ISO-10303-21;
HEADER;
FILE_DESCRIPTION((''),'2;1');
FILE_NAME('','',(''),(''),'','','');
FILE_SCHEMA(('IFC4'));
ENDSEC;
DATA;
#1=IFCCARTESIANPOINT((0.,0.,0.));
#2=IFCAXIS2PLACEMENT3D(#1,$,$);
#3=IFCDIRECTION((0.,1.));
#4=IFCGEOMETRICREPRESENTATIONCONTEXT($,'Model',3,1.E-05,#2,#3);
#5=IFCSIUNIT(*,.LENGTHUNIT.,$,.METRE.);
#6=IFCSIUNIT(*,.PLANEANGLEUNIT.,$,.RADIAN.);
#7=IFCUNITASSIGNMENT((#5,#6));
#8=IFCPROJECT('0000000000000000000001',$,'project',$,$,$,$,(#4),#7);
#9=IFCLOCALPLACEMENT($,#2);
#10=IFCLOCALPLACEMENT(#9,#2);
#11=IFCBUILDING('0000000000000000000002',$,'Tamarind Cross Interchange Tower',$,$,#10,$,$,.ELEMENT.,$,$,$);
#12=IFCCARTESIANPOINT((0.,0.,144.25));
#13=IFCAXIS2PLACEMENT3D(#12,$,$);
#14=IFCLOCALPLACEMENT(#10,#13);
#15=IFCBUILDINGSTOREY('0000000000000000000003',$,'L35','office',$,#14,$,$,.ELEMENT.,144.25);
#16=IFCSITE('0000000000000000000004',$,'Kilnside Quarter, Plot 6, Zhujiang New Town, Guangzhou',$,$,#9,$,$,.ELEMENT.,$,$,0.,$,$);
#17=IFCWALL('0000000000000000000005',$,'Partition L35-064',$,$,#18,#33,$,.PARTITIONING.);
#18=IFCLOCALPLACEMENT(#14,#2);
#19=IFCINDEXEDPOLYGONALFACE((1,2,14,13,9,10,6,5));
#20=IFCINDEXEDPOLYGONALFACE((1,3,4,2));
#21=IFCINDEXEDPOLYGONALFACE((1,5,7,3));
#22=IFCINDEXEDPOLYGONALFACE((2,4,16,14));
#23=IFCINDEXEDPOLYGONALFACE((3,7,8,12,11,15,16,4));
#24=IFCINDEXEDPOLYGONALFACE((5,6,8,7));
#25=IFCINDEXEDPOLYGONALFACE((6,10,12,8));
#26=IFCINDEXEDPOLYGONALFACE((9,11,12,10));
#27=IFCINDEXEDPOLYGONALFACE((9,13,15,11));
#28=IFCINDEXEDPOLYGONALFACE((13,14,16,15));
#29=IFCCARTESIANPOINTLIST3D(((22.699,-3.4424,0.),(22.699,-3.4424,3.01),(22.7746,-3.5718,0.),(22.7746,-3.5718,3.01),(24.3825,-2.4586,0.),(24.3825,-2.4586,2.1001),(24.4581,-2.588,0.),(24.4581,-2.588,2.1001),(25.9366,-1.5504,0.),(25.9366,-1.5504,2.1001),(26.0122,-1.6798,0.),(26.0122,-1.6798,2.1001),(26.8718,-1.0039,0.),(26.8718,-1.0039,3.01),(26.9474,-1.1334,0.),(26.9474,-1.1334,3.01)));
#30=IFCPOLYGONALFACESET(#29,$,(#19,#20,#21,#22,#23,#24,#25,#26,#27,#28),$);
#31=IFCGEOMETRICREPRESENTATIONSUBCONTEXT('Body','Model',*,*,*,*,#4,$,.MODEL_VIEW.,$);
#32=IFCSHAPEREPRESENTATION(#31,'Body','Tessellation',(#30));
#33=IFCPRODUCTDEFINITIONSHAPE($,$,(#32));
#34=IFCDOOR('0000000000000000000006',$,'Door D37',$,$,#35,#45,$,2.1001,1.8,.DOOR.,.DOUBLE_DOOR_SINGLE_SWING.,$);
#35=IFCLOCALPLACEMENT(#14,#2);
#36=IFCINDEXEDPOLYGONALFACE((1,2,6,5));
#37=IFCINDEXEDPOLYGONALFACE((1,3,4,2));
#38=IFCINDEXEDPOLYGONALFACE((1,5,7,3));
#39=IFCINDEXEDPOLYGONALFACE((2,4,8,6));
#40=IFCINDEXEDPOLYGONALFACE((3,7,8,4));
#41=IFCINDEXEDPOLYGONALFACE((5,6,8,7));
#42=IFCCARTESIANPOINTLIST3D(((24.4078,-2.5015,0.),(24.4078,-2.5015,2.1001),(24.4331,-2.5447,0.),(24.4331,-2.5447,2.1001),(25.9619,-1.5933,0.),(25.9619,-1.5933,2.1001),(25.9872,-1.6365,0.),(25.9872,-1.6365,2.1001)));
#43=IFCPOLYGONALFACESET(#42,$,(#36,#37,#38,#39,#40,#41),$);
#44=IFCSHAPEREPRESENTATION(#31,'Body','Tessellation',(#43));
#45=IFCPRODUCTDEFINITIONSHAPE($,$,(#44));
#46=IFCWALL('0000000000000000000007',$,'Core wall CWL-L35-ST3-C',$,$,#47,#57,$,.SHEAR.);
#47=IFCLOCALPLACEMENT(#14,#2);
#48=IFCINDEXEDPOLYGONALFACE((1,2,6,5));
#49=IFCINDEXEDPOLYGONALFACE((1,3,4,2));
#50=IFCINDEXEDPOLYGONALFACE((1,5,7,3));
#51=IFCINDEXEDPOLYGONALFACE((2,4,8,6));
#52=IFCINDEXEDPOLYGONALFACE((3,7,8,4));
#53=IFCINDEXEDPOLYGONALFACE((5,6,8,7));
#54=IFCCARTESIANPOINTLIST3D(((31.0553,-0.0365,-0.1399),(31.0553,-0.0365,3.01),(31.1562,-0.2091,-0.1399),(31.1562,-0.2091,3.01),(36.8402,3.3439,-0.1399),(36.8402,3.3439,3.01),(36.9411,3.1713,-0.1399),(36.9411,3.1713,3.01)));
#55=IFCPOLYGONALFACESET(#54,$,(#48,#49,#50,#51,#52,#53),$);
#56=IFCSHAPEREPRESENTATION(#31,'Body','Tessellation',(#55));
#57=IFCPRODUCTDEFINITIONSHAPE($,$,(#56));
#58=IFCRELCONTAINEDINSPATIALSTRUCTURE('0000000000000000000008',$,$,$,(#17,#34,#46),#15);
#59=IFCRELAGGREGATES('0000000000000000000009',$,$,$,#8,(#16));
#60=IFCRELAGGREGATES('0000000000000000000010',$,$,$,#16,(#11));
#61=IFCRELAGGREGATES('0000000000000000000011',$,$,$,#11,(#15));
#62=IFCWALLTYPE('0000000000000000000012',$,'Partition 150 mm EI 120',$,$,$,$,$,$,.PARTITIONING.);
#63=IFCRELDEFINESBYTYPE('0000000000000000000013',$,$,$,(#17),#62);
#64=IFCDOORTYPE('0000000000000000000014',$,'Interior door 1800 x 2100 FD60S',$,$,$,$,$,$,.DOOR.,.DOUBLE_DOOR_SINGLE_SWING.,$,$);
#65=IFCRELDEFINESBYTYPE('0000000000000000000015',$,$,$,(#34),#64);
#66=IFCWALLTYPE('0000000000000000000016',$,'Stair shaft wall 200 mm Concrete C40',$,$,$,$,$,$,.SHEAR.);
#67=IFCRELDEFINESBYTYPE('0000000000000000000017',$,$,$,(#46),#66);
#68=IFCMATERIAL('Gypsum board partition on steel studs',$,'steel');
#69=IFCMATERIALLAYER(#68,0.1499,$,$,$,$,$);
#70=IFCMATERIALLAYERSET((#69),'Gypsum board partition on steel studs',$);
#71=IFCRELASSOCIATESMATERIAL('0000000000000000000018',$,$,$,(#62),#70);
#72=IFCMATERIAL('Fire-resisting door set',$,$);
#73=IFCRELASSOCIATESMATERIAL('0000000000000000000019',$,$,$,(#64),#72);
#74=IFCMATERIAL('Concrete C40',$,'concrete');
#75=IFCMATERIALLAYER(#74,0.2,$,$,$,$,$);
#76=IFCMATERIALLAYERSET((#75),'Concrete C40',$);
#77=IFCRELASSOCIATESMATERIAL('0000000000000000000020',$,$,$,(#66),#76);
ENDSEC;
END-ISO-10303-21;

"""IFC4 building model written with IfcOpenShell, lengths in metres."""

from ifc_helpers import new_model, si_unit, direction, frame, frame_2d, origin, place, context, subcontext, project, spatial, rectangle, extrude, material, layer, layer_set, type_object, element, fill, save


model = new_model("IFC4")

# Units and contexts
model_context = context("Model", 3, precision=1e-05, world=origin(), true_north=direction((0.0, 1.0)))
body_context = subcontext(model_context, "Body", "Model", "MODEL_VIEW")
ifc_project = project(units=[si_unit("LENGTHUNIT", "METRE"), si_unit("PLANEANGLEUNIT", "RADIAN")], contexts=[model_context])

# Site, building, storey
site_placement = place(None, origin())
site = spatial("IfcSite", under=ifc_project, at=site_placement, Name="Kilnside Quarter, Plot 6, Zhujiang New Town, Guangzhou", CompositionType="ELEMENT", RefElevation=0.0)
building_placement = place(site_placement, origin())
building = spatial("IfcBuilding", under=site, at=building_placement, Name="Tamarind Cross Interchange Tower", CompositionType="ELEMENT")
storey_placement = place(building_placement, frame((0.0, 0.0, 144.25)))
storey = spatial("IfcBuildingStorey", under=building, at=storey_placement, Name="L35", Description="office", CompositionType="ELEMENT", Elevation=144.25)

# Shared definitions
ifc_material_1 = material(Name="Gypsum board partition on steel studs", Category="steel")
ifc_layer_1 = layer(ifc_material_1, 0.1499)
ifc_layer_set_1 = layer_set([ifc_layer_1], Name="Gypsum board partition on steel studs")
wall_type_1 = type_object("IfcWallType", Name="Partition 150 mm EI 120", PredefinedType="PARTITIONING", material=ifc_layer_set_1)

# Wall, opening, door
wall_1_placement = place(storey_placement, frame((22.7368, -3.5071, 0.0), z_axis=(0.0, 0.0, 1.0), x_axis=(0.86339, 0.504537, 0.0)))
wall_1 = element("IfcWall", 1, at=wall_1_placement, inside=storey, type_object=wall_type_1, Name="Partition L35-064", PredefinedType="PARTITIONING", context=body_context, shape_type="SweptSolid", body=[
    extrude(rectangle(XDim=4.833, YDim=0.1499, at=frame_2d((2.4165, 0.0))), origin(), (0.0, 0.0, 1.0), 3.01),
])
opening_1_placement = place(wall_1_placement, frame((1.95, 0.0, 0.0)))
opening_1 = element("IfcOpeningElement", 2, at=opening_1_placement, cuts=wall_1, PredefinedType="OPENING", context=body_context, shape_type="SweptSolid", body=[
    extrude(rectangle(XDim=1.8, YDim=2.1001, at=frame_2d((0.8999, 1.05))), frame((0.0, 0.085, 0.0), z_axis=(0.0, -1.0, 0.0), x_axis=(1.0, 0.0, 0.0)), (0.0, 0.0, 1.0), 0.1699),
])
ifc_material_2 = material(Name="Fire-resisting door set")
door_type_1 = type_object("IfcDoorType", Name="Interior door 1800 x 2100 FD60S", OperationType="DOUBLE_DOOR_SINGLE_SWING", PredefinedType="DOOR", material=ifc_material_2)
door_1_placement = place(opening_1_placement, frame((1.8, 0.0, 0.0), z_axis=(0.0, 0.0, 1.0), x_axis=(-1.0, 0.0, 0.0)))
door_1 = element("IfcDoor", 3, at=door_1_placement, inside=storey, type_object=door_type_1, Name="Door D37", OperationType="DOUBLE_DOOR_SINGLE_SWING", OverallHeight=2.1001, OverallWidth=1.8, PredefinedType="DOOR", context=body_context, shape_type="SweptSolid", body=[
    extrude(rectangle(XDim=1.8, YDim=2.1001, at=frame_2d((0.8999, 1.05))), frame((0.0, 0.0249, 0.0), z_axis=(0.0, -1.0, 0.0), x_axis=(1.0, 0.0, 0.0)), (0.0, 0.0, 1.0), 0.05),
])
fill(opening_1, door_1)

# Wall
ifc_material_3 = material(Name="Concrete C40", Category="concrete")
ifc_layer_2 = layer(ifc_material_3, 0.2)
ifc_layer_set_2 = layer_set([ifc_layer_2], Name="Concrete C40")
wall_type_2 = type_object("IfcWallType", Name="Stair shaft wall 200 mm Concrete C40", PredefinedType="SHEAR", material=ifc_layer_set_2)
wall_2_placement = place(storey_placement, frame((31.1057, -0.1228, -0.1399), z_axis=(0.0, 0.0, 1.0), x_axis=(0.863399, 0.504521, 0.0)))
element("IfcWall", 4, at=wall_2_placement, inside=storey, type_object=wall_type_2, Name="Core wall CWL-L35-ST3-C", PredefinedType="SHEAR", context=body_context, shape_type="SweptSolid", body=[
    extrude(rectangle(XDim=6.7002, YDim=0.2, at=frame_2d((3.3501, 0.0))), origin(), (0.0, 0.0, 1.0), 3.1499),
])

save(model, "model.ifc")
